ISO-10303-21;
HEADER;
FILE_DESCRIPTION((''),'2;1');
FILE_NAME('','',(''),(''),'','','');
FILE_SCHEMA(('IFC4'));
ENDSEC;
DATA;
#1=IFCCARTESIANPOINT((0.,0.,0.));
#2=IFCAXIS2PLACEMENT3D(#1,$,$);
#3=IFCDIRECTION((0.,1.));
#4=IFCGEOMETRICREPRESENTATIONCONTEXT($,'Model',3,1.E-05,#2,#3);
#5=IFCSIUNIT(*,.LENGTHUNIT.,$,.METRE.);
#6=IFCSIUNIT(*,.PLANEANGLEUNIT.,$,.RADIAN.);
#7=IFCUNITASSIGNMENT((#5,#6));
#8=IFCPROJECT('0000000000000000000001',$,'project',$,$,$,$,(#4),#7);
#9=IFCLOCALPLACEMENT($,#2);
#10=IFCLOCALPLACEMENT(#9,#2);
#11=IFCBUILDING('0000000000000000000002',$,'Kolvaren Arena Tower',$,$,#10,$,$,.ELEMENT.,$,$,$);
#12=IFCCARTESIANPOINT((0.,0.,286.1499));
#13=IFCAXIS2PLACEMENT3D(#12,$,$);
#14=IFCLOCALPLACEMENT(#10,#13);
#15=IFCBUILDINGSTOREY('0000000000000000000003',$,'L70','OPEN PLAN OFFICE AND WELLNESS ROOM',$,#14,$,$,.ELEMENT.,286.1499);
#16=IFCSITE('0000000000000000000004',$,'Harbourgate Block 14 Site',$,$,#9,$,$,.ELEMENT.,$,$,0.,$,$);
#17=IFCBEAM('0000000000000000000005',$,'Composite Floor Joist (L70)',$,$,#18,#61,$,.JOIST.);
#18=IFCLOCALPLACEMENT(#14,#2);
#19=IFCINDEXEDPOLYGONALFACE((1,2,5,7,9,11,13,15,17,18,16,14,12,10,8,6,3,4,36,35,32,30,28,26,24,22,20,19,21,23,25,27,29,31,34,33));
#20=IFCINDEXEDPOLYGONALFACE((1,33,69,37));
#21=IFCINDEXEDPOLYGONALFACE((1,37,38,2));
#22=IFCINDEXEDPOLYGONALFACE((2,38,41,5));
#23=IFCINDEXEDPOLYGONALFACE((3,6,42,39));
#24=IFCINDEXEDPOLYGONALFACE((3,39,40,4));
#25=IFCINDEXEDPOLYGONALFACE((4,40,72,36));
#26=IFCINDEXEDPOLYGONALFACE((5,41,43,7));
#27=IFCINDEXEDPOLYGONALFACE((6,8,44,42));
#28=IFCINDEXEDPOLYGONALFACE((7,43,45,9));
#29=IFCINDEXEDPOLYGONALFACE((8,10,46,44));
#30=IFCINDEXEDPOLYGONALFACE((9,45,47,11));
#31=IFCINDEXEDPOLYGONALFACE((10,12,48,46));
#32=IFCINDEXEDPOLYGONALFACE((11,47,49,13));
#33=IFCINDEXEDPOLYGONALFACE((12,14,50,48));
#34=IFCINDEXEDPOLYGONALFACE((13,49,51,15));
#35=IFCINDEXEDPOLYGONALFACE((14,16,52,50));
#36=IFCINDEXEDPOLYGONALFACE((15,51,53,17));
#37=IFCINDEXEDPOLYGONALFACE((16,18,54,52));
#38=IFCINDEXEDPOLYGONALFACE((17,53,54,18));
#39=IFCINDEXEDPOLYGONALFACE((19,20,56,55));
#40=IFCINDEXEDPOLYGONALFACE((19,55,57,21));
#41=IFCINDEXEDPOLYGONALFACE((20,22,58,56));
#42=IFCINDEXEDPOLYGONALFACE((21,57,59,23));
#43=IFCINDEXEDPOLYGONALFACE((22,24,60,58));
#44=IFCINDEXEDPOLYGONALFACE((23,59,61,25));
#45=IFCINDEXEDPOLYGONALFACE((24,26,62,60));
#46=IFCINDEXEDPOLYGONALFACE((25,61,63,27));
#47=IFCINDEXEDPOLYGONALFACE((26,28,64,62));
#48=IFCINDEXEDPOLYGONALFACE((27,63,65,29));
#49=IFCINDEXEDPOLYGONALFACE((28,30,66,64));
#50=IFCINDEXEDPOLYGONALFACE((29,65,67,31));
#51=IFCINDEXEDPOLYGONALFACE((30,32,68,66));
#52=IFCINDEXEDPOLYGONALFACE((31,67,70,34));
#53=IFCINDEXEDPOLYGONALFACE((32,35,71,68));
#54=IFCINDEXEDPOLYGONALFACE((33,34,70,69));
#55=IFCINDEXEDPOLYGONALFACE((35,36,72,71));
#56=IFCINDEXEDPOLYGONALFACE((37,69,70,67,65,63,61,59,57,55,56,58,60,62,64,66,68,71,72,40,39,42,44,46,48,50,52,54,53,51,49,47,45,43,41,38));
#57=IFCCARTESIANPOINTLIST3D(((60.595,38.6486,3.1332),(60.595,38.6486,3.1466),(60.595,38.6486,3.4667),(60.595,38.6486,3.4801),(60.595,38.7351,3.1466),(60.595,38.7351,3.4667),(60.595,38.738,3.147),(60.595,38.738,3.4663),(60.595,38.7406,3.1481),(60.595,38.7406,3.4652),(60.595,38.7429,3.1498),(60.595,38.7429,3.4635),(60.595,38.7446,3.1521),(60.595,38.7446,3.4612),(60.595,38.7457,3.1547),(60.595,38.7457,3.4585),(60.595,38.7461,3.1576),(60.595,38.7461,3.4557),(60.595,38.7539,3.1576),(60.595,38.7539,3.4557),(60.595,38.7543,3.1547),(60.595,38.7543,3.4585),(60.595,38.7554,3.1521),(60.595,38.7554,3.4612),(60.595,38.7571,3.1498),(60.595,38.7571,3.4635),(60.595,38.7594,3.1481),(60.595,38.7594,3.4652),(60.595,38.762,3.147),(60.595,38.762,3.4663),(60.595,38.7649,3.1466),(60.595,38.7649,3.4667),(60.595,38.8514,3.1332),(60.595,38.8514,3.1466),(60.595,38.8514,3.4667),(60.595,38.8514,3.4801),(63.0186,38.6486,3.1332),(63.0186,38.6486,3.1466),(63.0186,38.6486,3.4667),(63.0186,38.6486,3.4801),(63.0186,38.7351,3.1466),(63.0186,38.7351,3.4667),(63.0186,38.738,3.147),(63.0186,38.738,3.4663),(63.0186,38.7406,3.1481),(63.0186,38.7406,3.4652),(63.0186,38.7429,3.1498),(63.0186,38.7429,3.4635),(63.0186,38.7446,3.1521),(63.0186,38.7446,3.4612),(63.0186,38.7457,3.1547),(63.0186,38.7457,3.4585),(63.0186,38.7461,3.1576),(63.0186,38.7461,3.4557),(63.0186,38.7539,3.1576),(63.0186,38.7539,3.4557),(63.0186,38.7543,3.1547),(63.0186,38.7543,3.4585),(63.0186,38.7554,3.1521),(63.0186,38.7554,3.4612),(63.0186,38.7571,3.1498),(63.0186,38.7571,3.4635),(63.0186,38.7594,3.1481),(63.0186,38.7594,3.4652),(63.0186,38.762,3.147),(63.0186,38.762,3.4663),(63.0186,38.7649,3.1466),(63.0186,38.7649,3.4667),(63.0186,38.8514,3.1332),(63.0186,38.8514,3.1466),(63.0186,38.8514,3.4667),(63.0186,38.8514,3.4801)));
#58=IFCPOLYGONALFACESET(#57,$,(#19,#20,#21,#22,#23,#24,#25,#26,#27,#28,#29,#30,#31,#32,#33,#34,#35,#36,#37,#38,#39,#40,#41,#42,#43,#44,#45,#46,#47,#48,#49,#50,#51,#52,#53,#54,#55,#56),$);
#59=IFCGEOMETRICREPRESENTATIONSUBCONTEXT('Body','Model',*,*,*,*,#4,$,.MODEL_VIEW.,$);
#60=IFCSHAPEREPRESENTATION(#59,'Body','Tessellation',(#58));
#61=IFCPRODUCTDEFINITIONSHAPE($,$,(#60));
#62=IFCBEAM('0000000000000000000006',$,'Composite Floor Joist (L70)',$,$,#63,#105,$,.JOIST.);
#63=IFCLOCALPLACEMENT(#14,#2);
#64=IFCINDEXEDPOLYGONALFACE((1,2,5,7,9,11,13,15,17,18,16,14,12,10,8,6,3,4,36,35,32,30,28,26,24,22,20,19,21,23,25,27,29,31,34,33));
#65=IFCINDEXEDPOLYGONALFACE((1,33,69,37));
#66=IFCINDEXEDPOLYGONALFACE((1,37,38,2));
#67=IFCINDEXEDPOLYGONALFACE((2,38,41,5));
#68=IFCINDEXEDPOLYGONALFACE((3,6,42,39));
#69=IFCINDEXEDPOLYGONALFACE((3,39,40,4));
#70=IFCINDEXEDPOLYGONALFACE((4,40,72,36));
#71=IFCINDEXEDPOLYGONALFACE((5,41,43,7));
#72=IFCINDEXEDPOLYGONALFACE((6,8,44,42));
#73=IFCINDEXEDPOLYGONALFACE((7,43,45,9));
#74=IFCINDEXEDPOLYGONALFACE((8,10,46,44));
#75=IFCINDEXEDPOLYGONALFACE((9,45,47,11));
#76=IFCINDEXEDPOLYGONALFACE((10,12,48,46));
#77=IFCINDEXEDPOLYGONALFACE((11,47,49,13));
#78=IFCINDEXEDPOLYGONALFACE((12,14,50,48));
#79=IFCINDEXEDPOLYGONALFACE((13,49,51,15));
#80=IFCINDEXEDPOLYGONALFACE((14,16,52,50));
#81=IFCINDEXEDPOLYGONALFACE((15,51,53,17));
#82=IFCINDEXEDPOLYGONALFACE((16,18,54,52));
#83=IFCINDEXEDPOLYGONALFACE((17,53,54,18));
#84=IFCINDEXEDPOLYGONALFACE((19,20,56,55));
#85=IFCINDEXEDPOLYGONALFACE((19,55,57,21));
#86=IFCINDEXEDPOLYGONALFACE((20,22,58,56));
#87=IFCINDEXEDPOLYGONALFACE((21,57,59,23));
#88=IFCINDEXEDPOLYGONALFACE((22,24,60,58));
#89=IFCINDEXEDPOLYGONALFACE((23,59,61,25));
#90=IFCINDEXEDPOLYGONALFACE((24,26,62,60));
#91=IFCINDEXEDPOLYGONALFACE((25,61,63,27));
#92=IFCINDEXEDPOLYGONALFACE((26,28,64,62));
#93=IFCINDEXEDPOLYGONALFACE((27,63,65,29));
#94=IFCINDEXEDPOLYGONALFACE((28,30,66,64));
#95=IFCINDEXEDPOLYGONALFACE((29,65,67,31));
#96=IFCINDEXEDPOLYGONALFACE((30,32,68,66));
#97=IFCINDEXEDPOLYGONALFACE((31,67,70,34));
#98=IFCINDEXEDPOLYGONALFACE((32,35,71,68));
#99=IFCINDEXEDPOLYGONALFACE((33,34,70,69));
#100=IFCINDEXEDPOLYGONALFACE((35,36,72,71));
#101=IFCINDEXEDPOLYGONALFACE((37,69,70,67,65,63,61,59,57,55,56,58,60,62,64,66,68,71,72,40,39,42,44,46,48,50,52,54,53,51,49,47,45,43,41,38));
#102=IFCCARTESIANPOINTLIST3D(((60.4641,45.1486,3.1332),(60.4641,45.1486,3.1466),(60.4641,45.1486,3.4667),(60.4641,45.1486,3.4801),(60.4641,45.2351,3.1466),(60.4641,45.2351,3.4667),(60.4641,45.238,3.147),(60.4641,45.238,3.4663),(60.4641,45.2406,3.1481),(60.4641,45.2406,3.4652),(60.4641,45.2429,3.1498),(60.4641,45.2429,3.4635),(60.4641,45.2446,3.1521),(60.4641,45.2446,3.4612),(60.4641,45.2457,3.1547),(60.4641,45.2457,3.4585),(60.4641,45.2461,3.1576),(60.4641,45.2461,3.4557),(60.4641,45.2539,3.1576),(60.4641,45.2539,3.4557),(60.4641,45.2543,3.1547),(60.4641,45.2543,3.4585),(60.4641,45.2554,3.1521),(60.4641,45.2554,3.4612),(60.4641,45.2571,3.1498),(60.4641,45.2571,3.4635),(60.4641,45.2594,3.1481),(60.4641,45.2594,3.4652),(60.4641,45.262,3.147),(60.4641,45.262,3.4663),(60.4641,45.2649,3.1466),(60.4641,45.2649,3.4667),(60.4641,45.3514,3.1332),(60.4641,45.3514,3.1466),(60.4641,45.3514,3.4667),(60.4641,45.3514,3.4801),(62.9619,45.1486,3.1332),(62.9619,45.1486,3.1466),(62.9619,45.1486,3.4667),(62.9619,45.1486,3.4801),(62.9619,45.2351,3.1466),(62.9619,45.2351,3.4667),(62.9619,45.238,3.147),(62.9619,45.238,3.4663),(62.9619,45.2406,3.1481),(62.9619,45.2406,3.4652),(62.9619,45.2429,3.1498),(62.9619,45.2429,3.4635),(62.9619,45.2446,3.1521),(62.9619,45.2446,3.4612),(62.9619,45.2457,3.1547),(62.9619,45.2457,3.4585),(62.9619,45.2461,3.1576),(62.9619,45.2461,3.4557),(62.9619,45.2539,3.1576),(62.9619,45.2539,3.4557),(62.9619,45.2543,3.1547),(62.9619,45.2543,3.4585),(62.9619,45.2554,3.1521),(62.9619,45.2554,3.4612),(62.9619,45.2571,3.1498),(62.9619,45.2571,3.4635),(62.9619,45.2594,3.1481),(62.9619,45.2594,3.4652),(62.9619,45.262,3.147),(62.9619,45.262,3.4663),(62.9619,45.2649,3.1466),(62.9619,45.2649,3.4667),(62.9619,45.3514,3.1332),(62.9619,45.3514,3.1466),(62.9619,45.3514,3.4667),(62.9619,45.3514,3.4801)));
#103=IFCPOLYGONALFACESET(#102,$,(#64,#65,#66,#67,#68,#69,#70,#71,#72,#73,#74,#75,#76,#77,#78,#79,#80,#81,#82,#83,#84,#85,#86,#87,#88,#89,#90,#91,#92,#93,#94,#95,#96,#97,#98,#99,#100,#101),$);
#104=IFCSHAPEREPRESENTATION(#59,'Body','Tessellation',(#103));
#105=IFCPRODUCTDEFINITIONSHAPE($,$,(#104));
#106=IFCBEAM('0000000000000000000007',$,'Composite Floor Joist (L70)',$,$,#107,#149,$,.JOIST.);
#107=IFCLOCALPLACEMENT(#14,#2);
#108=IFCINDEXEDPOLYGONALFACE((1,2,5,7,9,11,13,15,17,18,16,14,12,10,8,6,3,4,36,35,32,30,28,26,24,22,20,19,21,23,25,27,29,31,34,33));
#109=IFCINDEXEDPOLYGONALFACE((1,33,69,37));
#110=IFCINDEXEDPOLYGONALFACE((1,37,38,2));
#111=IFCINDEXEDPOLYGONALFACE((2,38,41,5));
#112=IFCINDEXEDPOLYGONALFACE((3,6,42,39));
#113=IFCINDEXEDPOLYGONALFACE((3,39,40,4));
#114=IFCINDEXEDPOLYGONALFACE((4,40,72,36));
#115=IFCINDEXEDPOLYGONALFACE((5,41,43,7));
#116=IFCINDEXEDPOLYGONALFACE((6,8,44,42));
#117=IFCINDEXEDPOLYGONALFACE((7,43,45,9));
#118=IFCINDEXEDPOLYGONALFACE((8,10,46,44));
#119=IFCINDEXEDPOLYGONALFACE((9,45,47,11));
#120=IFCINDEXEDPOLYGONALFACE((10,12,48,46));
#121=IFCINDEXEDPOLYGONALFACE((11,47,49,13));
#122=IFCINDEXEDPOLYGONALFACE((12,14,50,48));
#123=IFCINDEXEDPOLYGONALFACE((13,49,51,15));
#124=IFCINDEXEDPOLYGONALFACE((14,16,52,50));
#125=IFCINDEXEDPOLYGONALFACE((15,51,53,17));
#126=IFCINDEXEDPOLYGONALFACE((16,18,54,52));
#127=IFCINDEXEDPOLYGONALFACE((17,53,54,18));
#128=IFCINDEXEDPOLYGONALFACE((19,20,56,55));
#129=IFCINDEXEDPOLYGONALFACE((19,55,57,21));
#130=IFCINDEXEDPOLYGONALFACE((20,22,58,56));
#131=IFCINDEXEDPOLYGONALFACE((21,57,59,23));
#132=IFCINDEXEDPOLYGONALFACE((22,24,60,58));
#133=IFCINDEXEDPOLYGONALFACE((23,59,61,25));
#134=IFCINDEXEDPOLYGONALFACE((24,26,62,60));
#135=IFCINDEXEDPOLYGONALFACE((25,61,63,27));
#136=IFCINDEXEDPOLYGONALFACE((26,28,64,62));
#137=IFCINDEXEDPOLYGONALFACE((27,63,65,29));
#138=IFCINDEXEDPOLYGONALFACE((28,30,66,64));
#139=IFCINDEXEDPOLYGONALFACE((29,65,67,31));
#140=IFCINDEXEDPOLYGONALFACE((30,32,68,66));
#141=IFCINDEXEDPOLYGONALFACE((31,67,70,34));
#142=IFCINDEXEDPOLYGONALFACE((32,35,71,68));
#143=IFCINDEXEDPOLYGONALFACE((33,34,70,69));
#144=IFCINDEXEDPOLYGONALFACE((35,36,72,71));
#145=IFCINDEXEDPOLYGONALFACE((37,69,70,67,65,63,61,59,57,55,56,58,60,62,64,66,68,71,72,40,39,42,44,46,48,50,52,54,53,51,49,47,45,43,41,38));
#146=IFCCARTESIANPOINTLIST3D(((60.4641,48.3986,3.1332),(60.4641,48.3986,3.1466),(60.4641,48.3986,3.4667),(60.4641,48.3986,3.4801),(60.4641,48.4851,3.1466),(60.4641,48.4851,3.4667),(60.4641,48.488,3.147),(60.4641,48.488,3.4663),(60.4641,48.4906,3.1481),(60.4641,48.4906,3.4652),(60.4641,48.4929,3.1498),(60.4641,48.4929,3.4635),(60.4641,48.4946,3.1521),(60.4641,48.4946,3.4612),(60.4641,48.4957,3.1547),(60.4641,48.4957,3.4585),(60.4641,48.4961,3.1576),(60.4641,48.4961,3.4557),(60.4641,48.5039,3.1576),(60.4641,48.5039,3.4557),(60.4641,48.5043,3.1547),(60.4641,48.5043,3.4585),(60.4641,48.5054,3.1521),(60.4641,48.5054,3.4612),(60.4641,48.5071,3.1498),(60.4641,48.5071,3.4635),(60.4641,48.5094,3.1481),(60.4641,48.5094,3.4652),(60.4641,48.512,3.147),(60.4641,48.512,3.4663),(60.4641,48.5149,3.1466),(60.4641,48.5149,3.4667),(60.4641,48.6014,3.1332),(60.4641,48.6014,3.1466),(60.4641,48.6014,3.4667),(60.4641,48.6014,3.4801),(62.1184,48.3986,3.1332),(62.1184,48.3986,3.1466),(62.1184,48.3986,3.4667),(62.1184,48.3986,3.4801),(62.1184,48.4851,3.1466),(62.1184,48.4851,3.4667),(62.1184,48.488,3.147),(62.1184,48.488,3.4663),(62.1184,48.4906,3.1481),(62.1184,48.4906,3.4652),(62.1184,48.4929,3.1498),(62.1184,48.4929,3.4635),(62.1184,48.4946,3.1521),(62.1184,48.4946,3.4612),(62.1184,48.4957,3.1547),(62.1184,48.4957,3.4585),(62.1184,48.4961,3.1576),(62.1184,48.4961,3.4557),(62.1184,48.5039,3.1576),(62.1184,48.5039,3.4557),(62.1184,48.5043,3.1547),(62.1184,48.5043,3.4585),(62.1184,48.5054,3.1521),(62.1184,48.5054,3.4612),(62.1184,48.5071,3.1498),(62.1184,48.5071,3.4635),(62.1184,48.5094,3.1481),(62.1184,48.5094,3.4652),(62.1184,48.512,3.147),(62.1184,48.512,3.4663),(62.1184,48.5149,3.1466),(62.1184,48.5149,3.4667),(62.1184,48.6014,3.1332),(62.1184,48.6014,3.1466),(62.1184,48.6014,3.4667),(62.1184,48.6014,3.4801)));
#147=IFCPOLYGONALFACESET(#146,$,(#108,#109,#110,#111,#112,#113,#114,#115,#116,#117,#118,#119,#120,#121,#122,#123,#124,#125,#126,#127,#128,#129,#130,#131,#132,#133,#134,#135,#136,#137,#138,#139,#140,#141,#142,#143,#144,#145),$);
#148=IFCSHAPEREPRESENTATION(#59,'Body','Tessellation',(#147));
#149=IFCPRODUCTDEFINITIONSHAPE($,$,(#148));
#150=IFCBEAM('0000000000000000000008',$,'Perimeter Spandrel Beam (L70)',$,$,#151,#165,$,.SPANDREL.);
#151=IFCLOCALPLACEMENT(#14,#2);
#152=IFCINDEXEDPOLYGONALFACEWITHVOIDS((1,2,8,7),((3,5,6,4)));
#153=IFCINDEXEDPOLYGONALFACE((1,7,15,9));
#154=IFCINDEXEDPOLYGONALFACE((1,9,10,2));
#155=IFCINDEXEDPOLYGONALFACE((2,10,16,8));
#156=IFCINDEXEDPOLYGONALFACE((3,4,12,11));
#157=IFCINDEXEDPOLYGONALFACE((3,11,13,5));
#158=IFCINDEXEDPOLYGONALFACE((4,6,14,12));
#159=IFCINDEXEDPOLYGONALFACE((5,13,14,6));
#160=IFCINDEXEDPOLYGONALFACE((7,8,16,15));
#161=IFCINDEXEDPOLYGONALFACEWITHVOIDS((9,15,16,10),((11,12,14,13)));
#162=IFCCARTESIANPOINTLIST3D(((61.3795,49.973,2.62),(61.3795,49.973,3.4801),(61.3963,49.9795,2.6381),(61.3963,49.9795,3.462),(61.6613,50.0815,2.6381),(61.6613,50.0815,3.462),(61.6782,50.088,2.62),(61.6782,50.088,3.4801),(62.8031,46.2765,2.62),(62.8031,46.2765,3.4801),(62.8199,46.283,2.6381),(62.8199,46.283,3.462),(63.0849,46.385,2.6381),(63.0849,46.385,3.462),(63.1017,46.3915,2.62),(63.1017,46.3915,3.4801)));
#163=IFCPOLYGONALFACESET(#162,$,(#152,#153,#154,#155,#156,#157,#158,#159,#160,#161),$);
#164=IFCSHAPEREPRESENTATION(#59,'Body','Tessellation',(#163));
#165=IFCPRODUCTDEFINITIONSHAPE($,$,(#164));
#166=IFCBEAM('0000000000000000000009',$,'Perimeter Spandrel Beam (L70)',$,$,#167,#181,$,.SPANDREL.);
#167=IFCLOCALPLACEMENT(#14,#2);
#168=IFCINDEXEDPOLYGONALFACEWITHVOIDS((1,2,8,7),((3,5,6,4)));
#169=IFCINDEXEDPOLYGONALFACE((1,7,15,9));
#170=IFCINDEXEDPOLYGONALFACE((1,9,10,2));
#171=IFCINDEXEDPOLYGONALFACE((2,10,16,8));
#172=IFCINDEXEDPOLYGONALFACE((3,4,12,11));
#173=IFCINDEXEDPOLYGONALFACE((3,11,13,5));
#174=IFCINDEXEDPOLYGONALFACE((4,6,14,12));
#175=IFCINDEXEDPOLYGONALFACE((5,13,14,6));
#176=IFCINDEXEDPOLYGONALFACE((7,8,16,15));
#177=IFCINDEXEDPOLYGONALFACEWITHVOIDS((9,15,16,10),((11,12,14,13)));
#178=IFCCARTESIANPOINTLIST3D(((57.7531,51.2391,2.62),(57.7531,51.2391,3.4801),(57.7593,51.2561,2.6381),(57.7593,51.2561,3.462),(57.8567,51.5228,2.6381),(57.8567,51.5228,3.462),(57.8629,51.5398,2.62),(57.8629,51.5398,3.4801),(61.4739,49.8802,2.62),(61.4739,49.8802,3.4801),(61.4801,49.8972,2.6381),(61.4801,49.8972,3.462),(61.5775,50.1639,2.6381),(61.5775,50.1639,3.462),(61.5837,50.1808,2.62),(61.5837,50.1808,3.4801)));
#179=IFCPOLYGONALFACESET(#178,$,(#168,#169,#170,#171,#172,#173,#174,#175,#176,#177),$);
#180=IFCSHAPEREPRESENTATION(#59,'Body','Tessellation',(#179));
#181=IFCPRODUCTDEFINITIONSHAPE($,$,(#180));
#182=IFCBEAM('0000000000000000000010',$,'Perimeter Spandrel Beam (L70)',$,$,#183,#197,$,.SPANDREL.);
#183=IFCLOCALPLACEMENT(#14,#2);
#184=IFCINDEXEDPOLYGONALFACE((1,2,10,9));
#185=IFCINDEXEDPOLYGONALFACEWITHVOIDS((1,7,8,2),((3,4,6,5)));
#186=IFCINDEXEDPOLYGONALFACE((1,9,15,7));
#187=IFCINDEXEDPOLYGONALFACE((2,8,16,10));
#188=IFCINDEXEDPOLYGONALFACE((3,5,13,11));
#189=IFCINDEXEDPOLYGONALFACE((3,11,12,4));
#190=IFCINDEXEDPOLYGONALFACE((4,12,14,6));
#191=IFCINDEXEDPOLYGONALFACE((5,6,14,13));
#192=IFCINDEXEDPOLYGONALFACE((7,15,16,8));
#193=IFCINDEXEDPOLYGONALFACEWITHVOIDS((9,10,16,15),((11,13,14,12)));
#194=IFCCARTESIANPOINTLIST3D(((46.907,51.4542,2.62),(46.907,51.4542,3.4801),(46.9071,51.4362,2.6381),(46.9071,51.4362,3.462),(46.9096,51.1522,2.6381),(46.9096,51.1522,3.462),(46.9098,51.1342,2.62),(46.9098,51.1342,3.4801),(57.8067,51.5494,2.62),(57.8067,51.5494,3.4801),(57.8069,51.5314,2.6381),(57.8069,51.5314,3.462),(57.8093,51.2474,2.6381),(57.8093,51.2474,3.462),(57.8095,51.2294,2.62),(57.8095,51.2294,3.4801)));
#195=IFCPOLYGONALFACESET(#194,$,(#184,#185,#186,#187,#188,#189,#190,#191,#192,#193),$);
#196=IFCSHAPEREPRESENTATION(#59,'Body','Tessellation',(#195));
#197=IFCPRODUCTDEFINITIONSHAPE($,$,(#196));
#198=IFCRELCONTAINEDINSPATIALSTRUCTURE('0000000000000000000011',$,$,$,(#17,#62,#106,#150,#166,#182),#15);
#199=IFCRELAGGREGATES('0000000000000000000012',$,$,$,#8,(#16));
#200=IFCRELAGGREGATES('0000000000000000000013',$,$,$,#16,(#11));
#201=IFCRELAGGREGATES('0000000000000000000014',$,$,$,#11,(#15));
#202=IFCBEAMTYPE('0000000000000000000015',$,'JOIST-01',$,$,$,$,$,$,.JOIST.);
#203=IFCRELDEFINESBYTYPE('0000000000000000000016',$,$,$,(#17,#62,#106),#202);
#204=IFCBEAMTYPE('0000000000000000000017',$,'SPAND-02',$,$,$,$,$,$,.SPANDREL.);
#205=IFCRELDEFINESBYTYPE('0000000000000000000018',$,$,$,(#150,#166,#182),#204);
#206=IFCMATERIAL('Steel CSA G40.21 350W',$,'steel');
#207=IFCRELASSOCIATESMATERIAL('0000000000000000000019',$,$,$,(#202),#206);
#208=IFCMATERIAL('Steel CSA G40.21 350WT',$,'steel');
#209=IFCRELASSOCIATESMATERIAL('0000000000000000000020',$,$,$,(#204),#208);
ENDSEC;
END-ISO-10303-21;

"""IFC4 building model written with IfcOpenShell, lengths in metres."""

from ifc_helpers import new_model, si_unit, direction, frame, origin, origin_2d, place, context, subcontext, project, spatial, hollow_rectangle, i_section, extrude, material, material_profile, profile_set, type_object, element, save


model = new_model("IFC4")

# Units and contexts
model_context = context("Model", 3, precision=1e-05, world=origin(), true_north=direction((0.0, 1.0)))
body_context = subcontext(model_context, "Body", "Model", "MODEL_VIEW")
ifc_project = project(units=[si_unit("LENGTHUNIT", "METRE"), si_unit("PLANEANGLEUNIT", "RADIAN")], contexts=[model_context])

# Site, building, storey
site_placement = place(None, origin())
site = spatial("IfcSite", under=ifc_project, at=site_placement, Name="Harbourgate Block 14 Site", CompositionType="ELEMENT", RefElevation=0.0)
building_placement = place(site_placement, origin())
building = spatial("IfcBuilding", under=site, at=building_placement, Name="Kolvaren Arena Tower", CompositionType="ELEMENT")
storey_placement = place(building_placement, frame((0.0, 0.0, 286.1499)))
storey = spatial("IfcBuildingStorey", under=building, at=storey_placement, Name="L70", Description="OPEN PLAN OFFICE AND WELLNESS ROOM", CompositionType="ELEMENT", Elevation=286.1499)

# Beams
ifc_material_1 = material(Name="Steel CSA G40.21 350W", Category="steel")
ifc_material_profile_1 = material_profile(ifc_material_1, i_section(OverallWidth=0.2029, OverallDepth=0.3469, WebThickness=0.0078, FlangeThickness=0.0134, FilletRadius=0.011, at=origin_2d()), Name="W360x64")
ifc_profile_set_1 = profile_set([ifc_material_profile_1], Name="Steel CSA G40.21 350W")
beam_type_1 = type_object("IfcBeamType", Name="JOIST-01", PredefinedType="JOIST", material=ifc_profile_set_1)
beam_1_placement = place(storey_placement, frame((60.595, 38.75, 3.3066), z_axis=(1.0, 0.0, 0.0), x_axis=(0.0, 1.0, 0.0)))
element("IfcBeam", 1, at=beam_1_placement, inside=storey, type_object=beam_type_1, Name="Composite Floor Joist (L70)", PredefinedType="JOIST", context=body_context, shape_type="SweptSolid", body=[
    extrude(i_section(OverallWidth=0.2029, OverallDepth=0.3469, WebThickness=0.0078, FlangeThickness=0.0134, FilletRadius=0.011, at=origin_2d()), origin(), (0.0, 0.0, 1.0), 2.4236),
])
beam_2_placement = place(storey_placement, frame((60.4641, 45.25, 3.3066), z_axis=(1.0, 0.0, 0.0), x_axis=(0.0, 1.0, 0.0)))
element("IfcBeam", 2, at=beam_2_placement, inside=storey, type_object=beam_type_1, Name="Composite Floor Joist (L70)", PredefinedType="JOIST", context=body_context, shape_type="SweptSolid", body=[
    extrude(i_section(OverallWidth=0.2029, OverallDepth=0.3469, WebThickness=0.0078, FlangeThickness=0.0134, FilletRadius=0.011, at=origin_2d()), origin(), (0.0, 0.0, 1.0), 2.4978),
])
beam_3_placement = place(storey_placement, frame((60.4641, 48.5, 3.3066), z_axis=(1.0, 0.0, 0.0), x_axis=(0.0, 1.0, 0.0)))
element("IfcBeam", 3, at=beam_3_placement, inside=storey, type_object=beam_type_1, Name="Composite Floor Joist (L70)", PredefinedType="JOIST", context=body_context, shape_type="SweptSolid", body=[
    extrude(i_section(OverallWidth=0.2029, OverallDepth=0.3469, WebThickness=0.0078, FlangeThickness=0.0134, FilletRadius=0.011, at=origin_2d()), origin(), (0.0, 0.0, 1.0), 1.6543),
])
ifc_material_2 = material(Name="Steel CSA G40.21 350WT", Category="steel")
ifc_material_profile_2 = material_profile(ifc_material_2, hollow_rectangle(XDim=0.3201, YDim=0.8601, WallThickness=0.0181, at=origin_2d()), Name="HSS 860x320x18")
ifc_profile_set_2 = profile_set([ifc_material_profile_2], Name="Steel CSA G40.21 350WT")
beam_type_2 = type_object("IfcBeamType", Name="SPAND-02", PredefinedType="SPANDREL", material=ifc_profile_set_2)
for number, where, z_axis, x_axis, name in (
    (4, (62.9524, 46.334, 3.05), (-0.359384, 0.93319, 0.0), (-0.93319, -0.359384, 0.0), "Perimeter Spandrel Beam (L70)"),
    (5, (61.5288, 50.0305, 3.05), (-0.939314, 0.343059, 0.0), (-0.343059, -0.939314, 0.0), "Perimeter Spandrel Beam (L70)"),
):
    element("IfcBeam", number, at=place(storey_placement, frame(where, z_axis=z_axis, x_axis=x_axis)), inside=storey, type_object=beam_type_2, Name=name, PredefinedType="SPANDREL", context=body_context, shape_type="SweptSolid", body=[
        extrude(hollow_rectangle(XDim=0.3201, YDim=0.8601, WallThickness=0.0181, at=origin_2d()), origin(), (0.0, 0.0, 1.0), 3.9612),
    ])
beam_4_placement = place(storey_placement, frame((57.8081, 51.3894, 3.05), z_axis=(-0.999962, -0.008735, 0.0), x_axis=(0.008735, -0.999962, 0.0)))
element("IfcBeam", 6, at=beam_4_placement, inside=storey, type_object=beam_type_2, Name="Perimeter Spandrel Beam (L70)", PredefinedType="SPANDREL", context=body_context, shape_type="SweptSolid", body=[
    extrude(hollow_rectangle(XDim=0.3201, YDim=0.8601, WallThickness=0.0181, at=origin_2d()), origin(), (0.0, 0.0, 1.0), 10.9001),
])

save(model, "model.ifc")
